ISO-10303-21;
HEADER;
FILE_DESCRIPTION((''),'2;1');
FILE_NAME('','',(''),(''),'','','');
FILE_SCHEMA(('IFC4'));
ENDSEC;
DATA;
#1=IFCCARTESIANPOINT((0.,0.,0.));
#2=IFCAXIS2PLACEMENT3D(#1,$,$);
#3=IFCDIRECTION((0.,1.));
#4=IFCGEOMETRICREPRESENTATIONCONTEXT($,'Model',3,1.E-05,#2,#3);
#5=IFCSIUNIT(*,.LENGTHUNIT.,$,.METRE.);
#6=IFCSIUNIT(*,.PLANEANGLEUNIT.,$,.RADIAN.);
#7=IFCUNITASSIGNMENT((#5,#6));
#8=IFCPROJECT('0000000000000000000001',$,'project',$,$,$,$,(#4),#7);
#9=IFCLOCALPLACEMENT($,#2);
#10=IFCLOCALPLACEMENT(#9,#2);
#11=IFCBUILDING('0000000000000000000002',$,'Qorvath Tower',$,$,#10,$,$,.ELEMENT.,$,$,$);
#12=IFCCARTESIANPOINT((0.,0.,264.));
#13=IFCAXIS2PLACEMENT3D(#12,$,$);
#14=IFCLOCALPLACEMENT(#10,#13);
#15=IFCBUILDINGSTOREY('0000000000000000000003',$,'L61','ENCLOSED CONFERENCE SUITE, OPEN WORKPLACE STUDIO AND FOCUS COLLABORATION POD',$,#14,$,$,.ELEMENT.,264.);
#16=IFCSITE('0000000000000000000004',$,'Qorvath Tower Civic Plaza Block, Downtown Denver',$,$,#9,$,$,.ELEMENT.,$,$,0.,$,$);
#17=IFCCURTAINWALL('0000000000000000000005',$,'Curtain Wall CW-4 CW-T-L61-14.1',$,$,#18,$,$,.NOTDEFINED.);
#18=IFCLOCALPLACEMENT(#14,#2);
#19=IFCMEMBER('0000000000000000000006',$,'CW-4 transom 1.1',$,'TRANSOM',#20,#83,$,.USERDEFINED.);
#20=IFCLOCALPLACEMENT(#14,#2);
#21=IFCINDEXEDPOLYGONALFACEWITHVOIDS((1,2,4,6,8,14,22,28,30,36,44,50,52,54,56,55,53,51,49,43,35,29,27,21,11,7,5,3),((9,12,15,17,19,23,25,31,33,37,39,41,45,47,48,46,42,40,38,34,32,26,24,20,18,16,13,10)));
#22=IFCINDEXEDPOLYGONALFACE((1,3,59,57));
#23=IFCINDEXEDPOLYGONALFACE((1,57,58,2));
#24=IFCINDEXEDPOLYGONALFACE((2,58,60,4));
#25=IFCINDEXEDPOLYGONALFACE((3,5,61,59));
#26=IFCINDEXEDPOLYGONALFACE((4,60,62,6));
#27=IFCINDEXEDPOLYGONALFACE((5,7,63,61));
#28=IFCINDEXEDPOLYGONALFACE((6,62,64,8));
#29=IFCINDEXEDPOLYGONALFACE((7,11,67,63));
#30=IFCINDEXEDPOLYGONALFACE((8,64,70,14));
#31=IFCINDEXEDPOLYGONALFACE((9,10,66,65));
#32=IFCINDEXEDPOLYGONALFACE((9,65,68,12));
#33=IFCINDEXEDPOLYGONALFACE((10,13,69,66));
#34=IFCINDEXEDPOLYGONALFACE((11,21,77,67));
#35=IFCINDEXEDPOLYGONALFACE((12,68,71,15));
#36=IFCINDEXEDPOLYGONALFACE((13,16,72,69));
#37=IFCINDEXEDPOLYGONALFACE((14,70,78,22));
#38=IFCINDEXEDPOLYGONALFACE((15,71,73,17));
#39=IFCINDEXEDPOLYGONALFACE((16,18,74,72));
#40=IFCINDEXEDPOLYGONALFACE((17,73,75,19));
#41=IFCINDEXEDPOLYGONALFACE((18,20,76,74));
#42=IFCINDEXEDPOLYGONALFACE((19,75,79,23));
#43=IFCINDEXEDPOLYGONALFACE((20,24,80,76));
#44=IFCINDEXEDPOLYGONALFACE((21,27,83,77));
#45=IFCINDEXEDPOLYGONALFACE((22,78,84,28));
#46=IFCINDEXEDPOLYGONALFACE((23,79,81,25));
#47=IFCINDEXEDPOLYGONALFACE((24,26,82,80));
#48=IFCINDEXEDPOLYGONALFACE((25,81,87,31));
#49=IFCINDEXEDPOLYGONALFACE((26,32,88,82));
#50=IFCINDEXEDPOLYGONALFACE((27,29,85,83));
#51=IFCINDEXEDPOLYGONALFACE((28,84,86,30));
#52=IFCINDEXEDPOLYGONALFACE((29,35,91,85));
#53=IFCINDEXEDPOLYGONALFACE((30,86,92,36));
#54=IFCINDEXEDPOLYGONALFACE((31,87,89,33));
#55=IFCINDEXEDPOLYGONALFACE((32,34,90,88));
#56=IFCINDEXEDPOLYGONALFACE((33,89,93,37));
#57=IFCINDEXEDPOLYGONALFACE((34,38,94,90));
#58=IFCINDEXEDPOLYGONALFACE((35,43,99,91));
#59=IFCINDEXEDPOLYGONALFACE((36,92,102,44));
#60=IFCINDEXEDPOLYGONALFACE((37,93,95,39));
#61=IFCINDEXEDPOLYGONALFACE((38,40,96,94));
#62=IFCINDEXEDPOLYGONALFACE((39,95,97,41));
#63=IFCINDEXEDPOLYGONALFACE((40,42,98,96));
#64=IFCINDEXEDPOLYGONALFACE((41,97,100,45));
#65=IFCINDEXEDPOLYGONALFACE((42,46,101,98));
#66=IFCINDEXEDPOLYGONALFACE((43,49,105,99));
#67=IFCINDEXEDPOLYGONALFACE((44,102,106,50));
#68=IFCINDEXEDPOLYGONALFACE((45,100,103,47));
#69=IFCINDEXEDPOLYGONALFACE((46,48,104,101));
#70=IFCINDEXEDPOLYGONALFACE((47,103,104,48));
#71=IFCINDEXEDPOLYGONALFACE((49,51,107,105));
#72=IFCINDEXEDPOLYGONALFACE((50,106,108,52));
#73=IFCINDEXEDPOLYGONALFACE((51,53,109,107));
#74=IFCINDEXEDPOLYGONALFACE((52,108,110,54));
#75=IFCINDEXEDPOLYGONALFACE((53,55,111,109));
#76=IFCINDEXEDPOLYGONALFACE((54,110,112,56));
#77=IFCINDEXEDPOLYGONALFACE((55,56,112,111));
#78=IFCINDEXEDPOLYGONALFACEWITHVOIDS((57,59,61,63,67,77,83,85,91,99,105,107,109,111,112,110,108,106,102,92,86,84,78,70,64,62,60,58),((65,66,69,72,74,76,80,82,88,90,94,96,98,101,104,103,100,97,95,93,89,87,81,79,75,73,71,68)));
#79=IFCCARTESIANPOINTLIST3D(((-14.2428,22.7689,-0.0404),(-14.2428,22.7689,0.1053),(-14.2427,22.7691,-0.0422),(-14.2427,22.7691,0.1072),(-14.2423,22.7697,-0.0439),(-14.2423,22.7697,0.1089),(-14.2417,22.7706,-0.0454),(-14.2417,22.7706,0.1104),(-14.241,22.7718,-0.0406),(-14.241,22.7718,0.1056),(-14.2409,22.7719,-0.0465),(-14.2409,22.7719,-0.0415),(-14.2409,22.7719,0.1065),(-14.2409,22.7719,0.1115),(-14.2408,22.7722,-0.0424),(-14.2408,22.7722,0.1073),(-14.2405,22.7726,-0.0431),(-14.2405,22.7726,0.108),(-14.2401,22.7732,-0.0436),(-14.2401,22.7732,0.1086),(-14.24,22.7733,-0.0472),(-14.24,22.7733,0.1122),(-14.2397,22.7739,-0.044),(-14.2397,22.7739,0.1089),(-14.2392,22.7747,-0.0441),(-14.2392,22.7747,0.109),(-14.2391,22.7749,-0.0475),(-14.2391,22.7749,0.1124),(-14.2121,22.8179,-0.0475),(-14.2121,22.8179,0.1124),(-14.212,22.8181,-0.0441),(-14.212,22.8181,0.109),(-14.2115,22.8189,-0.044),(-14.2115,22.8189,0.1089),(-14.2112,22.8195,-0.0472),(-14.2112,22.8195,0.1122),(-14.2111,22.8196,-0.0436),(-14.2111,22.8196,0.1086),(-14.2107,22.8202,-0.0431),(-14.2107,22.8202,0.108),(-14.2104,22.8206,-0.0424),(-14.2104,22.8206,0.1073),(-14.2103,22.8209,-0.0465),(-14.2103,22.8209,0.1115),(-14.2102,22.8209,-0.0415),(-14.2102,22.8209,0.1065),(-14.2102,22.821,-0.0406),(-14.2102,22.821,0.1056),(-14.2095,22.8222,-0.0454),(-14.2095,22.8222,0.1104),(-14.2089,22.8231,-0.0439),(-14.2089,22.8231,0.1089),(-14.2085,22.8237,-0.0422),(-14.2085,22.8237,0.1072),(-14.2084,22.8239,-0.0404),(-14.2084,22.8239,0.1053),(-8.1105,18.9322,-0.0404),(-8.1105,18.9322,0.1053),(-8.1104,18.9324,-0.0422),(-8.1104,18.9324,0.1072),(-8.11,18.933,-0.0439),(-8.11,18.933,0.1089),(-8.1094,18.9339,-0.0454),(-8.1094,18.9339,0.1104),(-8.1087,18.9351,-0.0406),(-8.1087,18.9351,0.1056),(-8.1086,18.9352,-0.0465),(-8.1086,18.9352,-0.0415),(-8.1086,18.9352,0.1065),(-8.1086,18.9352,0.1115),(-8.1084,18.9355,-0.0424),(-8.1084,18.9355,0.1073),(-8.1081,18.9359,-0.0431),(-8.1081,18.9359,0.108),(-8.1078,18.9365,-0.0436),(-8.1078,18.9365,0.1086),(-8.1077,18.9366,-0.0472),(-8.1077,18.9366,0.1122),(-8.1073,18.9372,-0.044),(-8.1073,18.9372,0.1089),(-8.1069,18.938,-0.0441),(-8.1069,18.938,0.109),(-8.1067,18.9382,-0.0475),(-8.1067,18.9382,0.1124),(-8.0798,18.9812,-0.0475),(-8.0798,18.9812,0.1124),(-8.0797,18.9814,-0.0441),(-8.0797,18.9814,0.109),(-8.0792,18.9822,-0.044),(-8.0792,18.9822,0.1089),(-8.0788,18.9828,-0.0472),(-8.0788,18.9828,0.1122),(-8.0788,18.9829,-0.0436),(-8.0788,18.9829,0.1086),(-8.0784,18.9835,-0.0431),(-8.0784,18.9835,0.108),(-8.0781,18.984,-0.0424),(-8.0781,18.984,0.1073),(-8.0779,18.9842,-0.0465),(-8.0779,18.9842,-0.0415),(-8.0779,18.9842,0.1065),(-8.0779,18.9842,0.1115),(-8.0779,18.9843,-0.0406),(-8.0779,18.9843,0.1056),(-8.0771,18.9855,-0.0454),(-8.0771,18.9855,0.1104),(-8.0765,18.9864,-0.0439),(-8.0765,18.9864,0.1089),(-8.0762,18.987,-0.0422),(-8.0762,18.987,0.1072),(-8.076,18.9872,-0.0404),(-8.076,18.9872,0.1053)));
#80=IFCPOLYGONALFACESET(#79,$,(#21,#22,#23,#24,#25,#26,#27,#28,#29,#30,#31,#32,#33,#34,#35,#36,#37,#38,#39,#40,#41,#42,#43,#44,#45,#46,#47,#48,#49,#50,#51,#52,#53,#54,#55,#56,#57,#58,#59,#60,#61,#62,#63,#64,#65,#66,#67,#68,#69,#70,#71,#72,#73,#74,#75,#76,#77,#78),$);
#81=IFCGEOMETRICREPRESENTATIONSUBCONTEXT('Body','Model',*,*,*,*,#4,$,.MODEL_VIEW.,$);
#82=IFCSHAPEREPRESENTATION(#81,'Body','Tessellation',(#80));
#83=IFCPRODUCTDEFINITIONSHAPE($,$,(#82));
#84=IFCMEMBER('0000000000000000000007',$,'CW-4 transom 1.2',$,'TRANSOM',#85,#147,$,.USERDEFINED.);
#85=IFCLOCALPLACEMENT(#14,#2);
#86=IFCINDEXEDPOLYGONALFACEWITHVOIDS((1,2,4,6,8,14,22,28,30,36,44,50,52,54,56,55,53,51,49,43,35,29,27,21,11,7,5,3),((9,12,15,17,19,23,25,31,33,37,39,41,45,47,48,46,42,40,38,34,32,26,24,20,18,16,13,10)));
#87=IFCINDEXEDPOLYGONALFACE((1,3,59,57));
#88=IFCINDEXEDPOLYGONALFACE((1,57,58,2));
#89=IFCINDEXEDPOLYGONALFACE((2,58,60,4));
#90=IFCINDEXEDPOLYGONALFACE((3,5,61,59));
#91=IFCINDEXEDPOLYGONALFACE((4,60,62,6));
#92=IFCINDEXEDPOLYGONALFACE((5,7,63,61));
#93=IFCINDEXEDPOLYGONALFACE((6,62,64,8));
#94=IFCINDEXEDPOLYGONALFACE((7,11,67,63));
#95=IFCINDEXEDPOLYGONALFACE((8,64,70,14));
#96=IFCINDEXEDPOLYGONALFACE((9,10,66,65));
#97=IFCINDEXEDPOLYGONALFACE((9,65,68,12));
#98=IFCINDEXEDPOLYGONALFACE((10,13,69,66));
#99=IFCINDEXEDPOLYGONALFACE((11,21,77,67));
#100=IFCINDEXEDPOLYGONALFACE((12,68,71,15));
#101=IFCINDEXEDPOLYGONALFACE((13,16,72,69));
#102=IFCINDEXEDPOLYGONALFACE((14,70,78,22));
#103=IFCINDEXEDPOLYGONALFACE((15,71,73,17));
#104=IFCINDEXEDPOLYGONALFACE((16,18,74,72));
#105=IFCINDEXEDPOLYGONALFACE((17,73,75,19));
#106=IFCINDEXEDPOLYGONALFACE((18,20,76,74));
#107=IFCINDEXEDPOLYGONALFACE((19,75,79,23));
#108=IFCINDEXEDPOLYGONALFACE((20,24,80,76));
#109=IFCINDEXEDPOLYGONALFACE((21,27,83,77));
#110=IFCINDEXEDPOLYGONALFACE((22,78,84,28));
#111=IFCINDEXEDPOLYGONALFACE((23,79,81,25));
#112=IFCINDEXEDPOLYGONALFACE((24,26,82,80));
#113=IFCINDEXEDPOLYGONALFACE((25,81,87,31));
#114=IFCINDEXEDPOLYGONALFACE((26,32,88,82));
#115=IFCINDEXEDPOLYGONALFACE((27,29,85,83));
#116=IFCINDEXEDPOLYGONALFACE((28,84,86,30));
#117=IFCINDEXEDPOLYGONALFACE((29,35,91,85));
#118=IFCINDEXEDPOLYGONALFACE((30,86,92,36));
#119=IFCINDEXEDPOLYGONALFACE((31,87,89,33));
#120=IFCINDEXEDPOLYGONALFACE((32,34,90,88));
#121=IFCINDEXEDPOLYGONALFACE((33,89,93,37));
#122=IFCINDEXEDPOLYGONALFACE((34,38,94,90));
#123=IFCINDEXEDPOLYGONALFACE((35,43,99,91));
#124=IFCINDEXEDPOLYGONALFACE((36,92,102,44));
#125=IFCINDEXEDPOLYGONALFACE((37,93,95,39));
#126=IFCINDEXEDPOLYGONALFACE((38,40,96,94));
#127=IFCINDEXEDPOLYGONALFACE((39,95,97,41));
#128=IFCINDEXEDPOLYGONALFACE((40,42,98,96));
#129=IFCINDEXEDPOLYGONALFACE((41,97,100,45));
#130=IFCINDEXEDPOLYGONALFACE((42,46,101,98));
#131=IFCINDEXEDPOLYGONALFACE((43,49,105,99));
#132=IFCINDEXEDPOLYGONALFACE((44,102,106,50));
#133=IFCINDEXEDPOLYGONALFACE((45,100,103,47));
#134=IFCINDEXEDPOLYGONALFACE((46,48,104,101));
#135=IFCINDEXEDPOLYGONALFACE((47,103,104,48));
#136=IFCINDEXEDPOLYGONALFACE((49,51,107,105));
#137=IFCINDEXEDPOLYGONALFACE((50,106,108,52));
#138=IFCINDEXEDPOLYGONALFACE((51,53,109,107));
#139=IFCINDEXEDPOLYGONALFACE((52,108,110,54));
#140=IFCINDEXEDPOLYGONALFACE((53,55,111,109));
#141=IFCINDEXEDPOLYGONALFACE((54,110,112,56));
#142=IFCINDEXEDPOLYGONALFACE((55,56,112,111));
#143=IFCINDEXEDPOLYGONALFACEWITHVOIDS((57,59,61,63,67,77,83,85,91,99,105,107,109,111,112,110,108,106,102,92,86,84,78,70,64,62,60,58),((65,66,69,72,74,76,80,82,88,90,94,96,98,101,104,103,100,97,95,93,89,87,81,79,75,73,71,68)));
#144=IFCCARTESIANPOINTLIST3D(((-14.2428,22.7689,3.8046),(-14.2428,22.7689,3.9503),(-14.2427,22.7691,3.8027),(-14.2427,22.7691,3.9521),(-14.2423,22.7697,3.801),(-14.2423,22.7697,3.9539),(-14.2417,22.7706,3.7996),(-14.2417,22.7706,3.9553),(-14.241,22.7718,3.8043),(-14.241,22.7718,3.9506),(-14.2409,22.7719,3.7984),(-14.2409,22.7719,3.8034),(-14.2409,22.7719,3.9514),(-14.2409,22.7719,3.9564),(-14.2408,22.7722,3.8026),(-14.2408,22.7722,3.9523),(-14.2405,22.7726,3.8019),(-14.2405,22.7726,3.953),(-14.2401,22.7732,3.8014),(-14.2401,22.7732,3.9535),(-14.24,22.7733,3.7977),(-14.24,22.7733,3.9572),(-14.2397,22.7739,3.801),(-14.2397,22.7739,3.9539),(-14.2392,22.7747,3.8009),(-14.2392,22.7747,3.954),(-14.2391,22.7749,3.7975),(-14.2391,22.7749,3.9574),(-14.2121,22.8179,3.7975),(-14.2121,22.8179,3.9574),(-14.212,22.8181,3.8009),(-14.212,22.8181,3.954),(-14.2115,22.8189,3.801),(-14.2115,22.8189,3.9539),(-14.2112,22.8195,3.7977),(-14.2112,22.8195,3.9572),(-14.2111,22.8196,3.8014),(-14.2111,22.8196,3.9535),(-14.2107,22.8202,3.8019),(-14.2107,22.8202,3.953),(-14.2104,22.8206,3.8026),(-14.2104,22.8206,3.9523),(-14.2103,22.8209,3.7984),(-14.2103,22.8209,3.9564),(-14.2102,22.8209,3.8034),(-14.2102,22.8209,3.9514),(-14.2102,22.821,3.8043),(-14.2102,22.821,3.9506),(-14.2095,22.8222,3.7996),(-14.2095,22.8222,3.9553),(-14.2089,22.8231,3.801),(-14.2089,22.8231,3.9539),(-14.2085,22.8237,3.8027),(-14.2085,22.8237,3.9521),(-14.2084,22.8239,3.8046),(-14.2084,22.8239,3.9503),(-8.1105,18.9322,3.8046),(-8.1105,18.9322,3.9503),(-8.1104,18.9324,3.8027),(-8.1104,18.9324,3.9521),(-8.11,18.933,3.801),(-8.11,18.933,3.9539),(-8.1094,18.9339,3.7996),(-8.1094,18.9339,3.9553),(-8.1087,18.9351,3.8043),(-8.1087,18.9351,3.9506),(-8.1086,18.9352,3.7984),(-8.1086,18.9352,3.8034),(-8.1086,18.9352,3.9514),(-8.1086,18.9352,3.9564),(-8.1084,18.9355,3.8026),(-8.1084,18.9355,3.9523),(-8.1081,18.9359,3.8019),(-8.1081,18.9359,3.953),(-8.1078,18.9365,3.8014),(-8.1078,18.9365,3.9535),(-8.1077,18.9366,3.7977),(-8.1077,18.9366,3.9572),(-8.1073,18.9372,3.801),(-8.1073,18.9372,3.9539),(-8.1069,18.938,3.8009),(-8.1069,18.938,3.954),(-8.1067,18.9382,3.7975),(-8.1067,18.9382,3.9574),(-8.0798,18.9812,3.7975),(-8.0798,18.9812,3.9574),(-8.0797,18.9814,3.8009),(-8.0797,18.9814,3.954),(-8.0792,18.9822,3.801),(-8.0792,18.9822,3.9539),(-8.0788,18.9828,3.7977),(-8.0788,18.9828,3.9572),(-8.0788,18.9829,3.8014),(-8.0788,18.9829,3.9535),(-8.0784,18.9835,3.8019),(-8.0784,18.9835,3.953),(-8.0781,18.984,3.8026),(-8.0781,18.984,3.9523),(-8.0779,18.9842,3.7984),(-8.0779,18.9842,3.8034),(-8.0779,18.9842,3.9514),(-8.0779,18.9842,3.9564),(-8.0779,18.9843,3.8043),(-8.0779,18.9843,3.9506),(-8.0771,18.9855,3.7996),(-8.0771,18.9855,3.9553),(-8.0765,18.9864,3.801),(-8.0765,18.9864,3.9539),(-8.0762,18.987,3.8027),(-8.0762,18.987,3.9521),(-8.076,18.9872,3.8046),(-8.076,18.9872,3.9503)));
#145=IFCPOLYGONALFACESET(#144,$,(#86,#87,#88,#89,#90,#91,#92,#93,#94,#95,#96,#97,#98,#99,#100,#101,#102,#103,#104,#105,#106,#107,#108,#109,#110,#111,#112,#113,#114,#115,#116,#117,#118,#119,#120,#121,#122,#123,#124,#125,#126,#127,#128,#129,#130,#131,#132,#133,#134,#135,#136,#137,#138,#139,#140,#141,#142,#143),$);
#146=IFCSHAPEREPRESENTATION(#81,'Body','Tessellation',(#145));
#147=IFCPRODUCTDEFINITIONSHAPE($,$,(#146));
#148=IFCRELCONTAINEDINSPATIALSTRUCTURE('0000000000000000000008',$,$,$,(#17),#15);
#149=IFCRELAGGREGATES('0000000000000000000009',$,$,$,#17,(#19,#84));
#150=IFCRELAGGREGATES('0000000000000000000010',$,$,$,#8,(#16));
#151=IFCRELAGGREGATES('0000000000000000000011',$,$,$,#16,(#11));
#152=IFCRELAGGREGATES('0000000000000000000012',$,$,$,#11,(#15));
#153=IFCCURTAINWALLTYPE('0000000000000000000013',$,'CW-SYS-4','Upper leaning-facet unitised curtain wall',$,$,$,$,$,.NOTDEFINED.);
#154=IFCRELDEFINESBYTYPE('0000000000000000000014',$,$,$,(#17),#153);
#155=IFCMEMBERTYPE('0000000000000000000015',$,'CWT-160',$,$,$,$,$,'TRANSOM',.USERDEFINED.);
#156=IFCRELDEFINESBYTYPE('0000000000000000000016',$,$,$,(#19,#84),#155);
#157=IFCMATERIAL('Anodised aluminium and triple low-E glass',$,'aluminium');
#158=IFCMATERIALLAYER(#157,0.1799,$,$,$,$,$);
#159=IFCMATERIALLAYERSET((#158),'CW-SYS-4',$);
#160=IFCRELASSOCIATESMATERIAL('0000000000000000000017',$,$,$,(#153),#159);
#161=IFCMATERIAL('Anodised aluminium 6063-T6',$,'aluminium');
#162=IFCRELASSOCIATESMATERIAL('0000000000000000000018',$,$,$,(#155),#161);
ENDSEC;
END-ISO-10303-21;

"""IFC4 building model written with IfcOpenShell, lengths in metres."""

from ifc_helpers import new_model, si_unit, direction, frame, origin, origin_2d, place, context, subcontext, project, spatial, hollow_rectangle, extrude, material, layer, layer_set, material_profile, profile_set, type_object, element, aggregate, save


model = new_model("IFC4")

# Units and contexts
model_context = context("Model", 3, precision=1e-05, world=origin(), true_north=direction((0.0, 1.0)))
body_context = subcontext(model_context, "Body", "Model", "MODEL_VIEW")
ifc_project = project(units=[si_unit("LENGTHUNIT", "METRE"), si_unit("PLANEANGLEUNIT", "RADIAN")], contexts=[model_context])

# Site, building, storey
site_placement = place(None, origin())
site = spatial("IfcSite", under=ifc_project, at=site_placement, Name="Qorvath Tower Civic Plaza Block, Downtown Denver", CompositionType="ELEMENT", RefElevation=0.0)
building_placement = place(site_placement, origin())
building = spatial("IfcBuilding", under=site, at=building_placement, Name="Qorvath Tower", CompositionType="ELEMENT")
storey_placement = place(building_placement, frame((0.0, 0.0, 264.0)))
storey = spatial("IfcBuildingStorey", under=building, at=storey_placement, Name="L61", Description="ENCLOSED CONFERENCE SUITE, OPEN WORKPLACE STUDIO AND FOCUS COLLABORATION POD", CompositionType="ELEMENT", Elevation=264.0)

# Shared definitions
ifc_material_1 = material(Name="Anodised aluminium and triple low-E glass", Category="aluminium")
ifc_layer_1 = layer(ifc_material_1, 0.1799)
ifc_layer_set_1 = layer_set([ifc_layer_1], Name="CW-SYS-4")
curtain_wall_type = type_object("IfcCurtainWallType", Name="CW-SYS-4", Description="Upper leaning-facet unitised curtain wall", PredefinedType="NOTDEFINED", material=ifc_layer_set_1)

# Curtain wall
curtain_wall_1_placement = place(storey_placement, origin())
curtain_wall_1 = element("IfcCurtainWall", 1, at=curtain_wall_1_placement, inside=storey, type_object=curtain_wall_type, Name="Curtain Wall CW-4 CW-T-L61-14.1", PredefinedType="NOTDEFINED")

# Members
ifc_material_2 = material(Name="Anodised aluminium 6063-T6", Category="aluminium")
ifc_material_profile_1 = material_profile(ifc_material_2, hollow_rectangle(XDim=0.0649, YDim=0.1599, WallThickness=0.0034, InnerFilletRadius=0.0034, OuterFilletRadius=0.0071, at=origin_2d()), Name="CWT 160x65")
ifc_profile_set_1 = profile_set([ifc_material_profile_1], Name="Anodised aluminium 6063-T6")
member_type_1 = type_object("IfcMemberType", Name="CWT-160", ElementType="TRANSOM", PredefinedType="USERDEFINED", material=ifc_profile_set_1)
member_1_placement = place(storey_placement, frame((-8.0933, 18.9597, 0.0325), z_axis=(-0.847752, 0.530393, 0.0), x_axis=(-0.530393, -0.847752, 0.0)))
member_1 = element("IfcMember", 2, at=member_1_placement, type_object=member_type_1, Name="CW-4 transom 1.1", ObjectType="TRANSOM", PredefinedType="USERDEFINED", context=body_context, shape_type="SweptSolid", body=[
    extrude(hollow_rectangle(XDim=0.0649, YDim=0.1599, WallThickness=0.0034, InnerFilletRadius=0.0034, OuterFilletRadius=0.0071, at=origin_2d()), origin(), (0.0, 0.0, 1.0), 7.2336),
])
member_2_placement = place(storey_placement, frame((-8.0933, 18.9597, 3.8774), z_axis=(-0.847752, 0.530393, 0.0), x_axis=(-0.530393, -0.847752, 0.0)))
member_2 = element("IfcMember", 3, at=member_2_placement, type_object=member_type_1, Name="CW-4 transom 1.2", ObjectType="TRANSOM", PredefinedType="USERDEFINED", context=body_context, shape_type="SweptSolid", body=[
    extrude(hollow_rectangle(XDim=0.0649, YDim=0.1599, WallThickness=0.0034, InnerFilletRadius=0.0034, OuterFilletRadius=0.0071, at=origin_2d()), origin(), (0.0, 0.0, 1.0), 7.2336),
])

aggregate(curtain_wall_1, [member_1, member_2])

save(model, "model.ifc")
